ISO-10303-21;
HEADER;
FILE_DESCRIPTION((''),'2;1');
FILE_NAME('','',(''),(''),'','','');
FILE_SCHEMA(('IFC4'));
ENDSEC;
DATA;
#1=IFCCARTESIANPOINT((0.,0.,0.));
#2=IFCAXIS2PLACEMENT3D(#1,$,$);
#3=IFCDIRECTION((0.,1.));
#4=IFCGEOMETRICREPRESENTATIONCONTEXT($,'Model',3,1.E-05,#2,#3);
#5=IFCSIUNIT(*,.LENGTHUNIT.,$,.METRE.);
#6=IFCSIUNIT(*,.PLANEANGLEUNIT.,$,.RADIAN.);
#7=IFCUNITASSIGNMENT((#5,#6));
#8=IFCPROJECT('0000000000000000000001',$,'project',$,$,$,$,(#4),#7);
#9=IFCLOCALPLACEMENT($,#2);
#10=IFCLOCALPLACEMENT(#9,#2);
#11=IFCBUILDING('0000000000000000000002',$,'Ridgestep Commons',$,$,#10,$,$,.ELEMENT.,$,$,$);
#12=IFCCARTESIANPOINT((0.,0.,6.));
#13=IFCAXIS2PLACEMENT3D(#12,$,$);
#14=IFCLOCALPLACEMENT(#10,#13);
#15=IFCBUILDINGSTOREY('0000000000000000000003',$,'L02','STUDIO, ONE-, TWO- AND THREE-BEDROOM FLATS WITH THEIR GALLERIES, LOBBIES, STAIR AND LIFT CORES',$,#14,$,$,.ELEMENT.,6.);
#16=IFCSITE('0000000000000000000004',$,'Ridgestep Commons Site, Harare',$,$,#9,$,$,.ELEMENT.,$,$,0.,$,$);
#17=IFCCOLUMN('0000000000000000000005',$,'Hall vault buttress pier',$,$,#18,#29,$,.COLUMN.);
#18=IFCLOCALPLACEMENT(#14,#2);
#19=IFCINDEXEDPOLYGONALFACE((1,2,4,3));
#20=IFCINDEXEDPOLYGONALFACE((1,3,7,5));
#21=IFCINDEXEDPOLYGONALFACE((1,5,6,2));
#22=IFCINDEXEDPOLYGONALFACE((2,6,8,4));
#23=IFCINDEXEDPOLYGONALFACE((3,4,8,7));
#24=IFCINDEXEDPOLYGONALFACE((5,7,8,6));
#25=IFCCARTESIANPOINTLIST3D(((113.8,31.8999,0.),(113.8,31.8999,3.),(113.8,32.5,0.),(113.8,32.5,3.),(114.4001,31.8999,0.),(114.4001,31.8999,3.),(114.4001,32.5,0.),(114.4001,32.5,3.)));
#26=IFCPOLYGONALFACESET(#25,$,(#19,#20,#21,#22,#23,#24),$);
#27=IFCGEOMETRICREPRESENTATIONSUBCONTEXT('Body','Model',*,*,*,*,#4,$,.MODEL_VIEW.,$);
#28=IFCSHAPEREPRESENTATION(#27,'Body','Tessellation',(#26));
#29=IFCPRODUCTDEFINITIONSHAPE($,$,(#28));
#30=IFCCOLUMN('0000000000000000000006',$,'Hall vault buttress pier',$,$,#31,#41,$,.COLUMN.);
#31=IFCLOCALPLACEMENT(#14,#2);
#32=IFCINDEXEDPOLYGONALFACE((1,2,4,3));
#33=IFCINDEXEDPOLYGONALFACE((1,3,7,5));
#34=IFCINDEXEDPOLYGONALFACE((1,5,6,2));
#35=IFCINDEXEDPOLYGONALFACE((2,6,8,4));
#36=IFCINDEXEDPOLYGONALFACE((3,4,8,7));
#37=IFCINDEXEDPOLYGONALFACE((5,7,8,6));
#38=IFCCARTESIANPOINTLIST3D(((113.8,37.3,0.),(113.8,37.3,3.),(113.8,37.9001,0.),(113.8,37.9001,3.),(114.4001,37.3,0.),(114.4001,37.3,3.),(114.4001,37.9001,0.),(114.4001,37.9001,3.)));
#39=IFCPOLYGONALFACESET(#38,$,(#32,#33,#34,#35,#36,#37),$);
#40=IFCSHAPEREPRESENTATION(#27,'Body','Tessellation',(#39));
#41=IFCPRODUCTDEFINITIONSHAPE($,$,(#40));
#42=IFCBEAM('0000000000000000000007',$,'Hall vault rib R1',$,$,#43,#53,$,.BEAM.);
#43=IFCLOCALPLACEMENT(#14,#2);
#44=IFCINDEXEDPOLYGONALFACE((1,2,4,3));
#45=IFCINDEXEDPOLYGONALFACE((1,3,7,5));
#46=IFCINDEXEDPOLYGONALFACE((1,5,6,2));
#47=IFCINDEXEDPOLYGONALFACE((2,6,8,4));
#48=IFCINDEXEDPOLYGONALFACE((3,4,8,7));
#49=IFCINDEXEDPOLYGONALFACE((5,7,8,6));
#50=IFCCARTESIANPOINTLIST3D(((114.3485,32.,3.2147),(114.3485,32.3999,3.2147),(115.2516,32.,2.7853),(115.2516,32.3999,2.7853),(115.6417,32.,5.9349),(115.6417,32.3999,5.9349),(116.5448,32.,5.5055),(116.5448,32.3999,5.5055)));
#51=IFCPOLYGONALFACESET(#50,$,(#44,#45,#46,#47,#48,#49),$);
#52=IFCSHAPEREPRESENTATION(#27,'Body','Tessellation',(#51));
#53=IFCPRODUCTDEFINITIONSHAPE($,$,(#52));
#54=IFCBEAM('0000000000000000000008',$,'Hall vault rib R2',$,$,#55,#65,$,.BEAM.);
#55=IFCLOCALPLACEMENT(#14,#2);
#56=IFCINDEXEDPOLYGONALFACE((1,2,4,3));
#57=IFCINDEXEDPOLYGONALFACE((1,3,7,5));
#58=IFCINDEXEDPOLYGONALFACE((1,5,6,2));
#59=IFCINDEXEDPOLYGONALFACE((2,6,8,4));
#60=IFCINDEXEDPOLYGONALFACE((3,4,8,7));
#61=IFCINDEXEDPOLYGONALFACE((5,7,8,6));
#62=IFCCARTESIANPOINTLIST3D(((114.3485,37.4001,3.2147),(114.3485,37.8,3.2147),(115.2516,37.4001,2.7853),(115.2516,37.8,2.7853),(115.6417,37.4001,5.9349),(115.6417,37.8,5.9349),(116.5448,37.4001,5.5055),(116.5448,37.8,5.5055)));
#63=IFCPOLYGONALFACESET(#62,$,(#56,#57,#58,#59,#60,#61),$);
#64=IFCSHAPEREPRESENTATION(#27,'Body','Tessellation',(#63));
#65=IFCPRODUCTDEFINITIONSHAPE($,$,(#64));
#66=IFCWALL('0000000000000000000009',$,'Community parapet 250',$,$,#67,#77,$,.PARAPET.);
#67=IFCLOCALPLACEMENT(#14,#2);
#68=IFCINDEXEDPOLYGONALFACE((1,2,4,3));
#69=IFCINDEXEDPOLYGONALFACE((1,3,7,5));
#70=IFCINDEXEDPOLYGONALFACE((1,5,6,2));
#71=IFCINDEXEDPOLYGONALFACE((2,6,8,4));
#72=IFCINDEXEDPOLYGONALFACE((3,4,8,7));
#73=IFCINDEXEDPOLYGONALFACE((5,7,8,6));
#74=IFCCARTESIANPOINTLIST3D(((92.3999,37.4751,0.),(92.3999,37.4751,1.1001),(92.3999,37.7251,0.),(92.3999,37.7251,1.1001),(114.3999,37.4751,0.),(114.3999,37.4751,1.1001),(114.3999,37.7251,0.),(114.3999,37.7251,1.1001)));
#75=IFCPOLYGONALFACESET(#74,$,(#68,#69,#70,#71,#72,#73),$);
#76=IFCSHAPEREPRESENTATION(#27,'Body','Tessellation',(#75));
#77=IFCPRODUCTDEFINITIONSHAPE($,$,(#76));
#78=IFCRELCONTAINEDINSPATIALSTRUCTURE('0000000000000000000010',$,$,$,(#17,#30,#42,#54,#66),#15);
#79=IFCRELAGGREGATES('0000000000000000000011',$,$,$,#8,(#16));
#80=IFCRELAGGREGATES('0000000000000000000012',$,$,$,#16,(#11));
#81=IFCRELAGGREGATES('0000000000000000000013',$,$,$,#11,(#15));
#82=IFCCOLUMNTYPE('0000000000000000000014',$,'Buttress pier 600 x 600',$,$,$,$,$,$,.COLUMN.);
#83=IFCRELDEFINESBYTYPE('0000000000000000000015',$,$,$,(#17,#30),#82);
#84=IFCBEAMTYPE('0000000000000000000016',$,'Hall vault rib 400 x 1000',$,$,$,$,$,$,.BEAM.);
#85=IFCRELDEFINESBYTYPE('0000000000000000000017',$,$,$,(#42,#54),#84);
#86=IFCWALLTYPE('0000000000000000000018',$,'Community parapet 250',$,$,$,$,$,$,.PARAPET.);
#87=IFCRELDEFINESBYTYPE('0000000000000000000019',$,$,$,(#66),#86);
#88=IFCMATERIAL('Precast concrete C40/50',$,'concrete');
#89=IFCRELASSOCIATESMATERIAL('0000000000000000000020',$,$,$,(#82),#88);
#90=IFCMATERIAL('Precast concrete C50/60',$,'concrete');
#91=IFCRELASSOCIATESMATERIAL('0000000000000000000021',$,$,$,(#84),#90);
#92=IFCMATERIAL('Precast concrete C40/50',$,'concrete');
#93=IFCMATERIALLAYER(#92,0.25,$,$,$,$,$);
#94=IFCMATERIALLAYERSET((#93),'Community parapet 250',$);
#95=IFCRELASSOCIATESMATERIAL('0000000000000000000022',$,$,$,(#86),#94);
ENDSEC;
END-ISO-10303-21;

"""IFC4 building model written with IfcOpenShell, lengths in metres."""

from ifc_helpers import new_model, si_unit, direction, frame, frame_2d, origin, origin_2d, place, context, subcontext, project, spatial, rectangle, extrude, material, layer, layer_set, material_profile, profile_set, type_object, element, save


model = new_model("IFC4")

# Units and contexts
model_context = context("Model", 3, precision=1e-05, world=origin(), true_north=direction((0.0, 1.0)))
body_context = subcontext(model_context, "Body", "Model", "MODEL_VIEW")
ifc_project = project(units=[si_unit("LENGTHUNIT", "METRE"), si_unit("PLANEANGLEUNIT", "RADIAN")], contexts=[model_context])

# Site, building, storey
site_placement = place(None, origin())
site = spatial("IfcSite", under=ifc_project, at=site_placement, Name="Ridgestep Commons Site, Harare", CompositionType="ELEMENT", RefElevation=0.0)
building_placement = place(site_placement, origin())
building = spatial("IfcBuilding", under=site, at=building_placement, Name="Ridgestep Commons", CompositionType="ELEMENT")
storey_placement = place(building_placement, frame((0.0, 0.0, 6.0)))
storey = spatial("IfcBuildingStorey", under=building, at=storey_placement, Name="L02", Description="STUDIO, ONE-, TWO- AND THREE-BEDROOM FLATS WITH THEIR GALLERIES, LOBBIES, STAIR AND LIFT CORES", CompositionType="ELEMENT", Elevation=6.0)

# Columns
ifc_material_1 = material(Name="Precast concrete C40/50", Category="concrete")
ifc_material_profile_1 = material_profile(ifc_material_1, rectangle(XDim=0.6001, YDim=0.6001, at=origin_2d()), Name="Buttress pier 600 x 600")
ifc_profile_set_1 = profile_set([ifc_material_profile_1], Name="Precast concrete C40/50")
column_type = type_object("IfcColumnType", Name="Buttress pier 600 x 600", PredefinedType="COLUMN", material=ifc_profile_set_1)
for number, where, z_axis, x_axis, name in (
    (1, (114.1001, 32.2, 0.0), (0.0, 0.0, 1.0), (1.0, 0.0, 0.0), "Hall vault buttress pier"),
    (2, (114.1001, 37.6001, 0.0), (0.0, 0.0, 1.0), (1.0, 0.0, 0.0), "Hall vault buttress pier"),
):
    element("IfcColumn", number, at=place(storey_placement, frame(where, z_axis=z_axis, x_axis=x_axis)), inside=storey, type_object=column_type, Name=name, PredefinedType="COLUMN", context=body_context, shape_type="SweptSolid", body=[
        extrude(rectangle(XDim=0.6001, YDim=0.6001, at=origin_2d()), origin(), (0.0, 0.0, 1.0), 3.0),
    ])

# Beams
ifc_material_2 = material(Name="Precast concrete C50/60", Category="concrete")
ifc_material_profile_2 = material_profile(ifc_material_2, rectangle(XDim=0.3999, YDim=1.0, at=origin_2d()), Name="Hall vault rib 400 x 1000")
ifc_profile_set_2 = profile_set([ifc_material_profile_2], Name="Precast concrete C50/60")
beam_type = type_object("IfcBeamType", Name="Hall vault rib 400 x 1000", PredefinedType="BEAM", material=ifc_profile_set_2)
for number, where, z_axis, x_axis, name in (
    (3, (114.8, 32.2, 3.0), (0.429358, 0.0, 0.903135), (0.0, 1.0, 0.0), "Hall vault rib R1"),
    (4, (114.8, 37.6001, 3.0), (0.429358, 0.0, 0.903135), (0.0, 1.0, 0.0), "Hall vault rib R2"),
):
    element("IfcBeam", number, at=place(storey_placement, frame(where, z_axis=z_axis, x_axis=x_axis)), inside=storey, type_object=beam_type, Name=name, PredefinedType="BEAM", context=body_context, shape_type="SweptSolid", body=[
        extrude(rectangle(XDim=0.3999, YDim=1.0, at=origin_2d()), origin(), (0.0, 0.0, 1.0), 3.012),
    ])

# Wall
ifc_material_3 = material(Name="Precast concrete C40/50", Category="concrete")
ifc_layer_1 = layer(ifc_material_3, 0.25)
ifc_layer_set_1 = layer_set([ifc_layer_1], Name="Community parapet 250")
wall_type_1 = type_object("IfcWallType", Name="Community parapet 250", PredefinedType="PARAPET", material=ifc_layer_set_1)
wall_1_placement = place(storey_placement, frame((114.3999, 37.6001, 0.0), z_axis=(0.0, 0.0, 1.0), x_axis=(-1.0, 0.0, 0.0)))
element("IfcWall", 5, at=wall_1_placement, inside=storey, type_object=wall_type_1, Name="Community parapet 250", PredefinedType="PARAPET", context=body_context, shape_type="SweptSolid", body=[
    extrude(rectangle(XDim=22.0, YDim=0.25, at=frame_2d((11.0, 0.0))), origin(), (0.0, 0.0, 1.0), 1.1001),
])

save(model, "model.ifc")
